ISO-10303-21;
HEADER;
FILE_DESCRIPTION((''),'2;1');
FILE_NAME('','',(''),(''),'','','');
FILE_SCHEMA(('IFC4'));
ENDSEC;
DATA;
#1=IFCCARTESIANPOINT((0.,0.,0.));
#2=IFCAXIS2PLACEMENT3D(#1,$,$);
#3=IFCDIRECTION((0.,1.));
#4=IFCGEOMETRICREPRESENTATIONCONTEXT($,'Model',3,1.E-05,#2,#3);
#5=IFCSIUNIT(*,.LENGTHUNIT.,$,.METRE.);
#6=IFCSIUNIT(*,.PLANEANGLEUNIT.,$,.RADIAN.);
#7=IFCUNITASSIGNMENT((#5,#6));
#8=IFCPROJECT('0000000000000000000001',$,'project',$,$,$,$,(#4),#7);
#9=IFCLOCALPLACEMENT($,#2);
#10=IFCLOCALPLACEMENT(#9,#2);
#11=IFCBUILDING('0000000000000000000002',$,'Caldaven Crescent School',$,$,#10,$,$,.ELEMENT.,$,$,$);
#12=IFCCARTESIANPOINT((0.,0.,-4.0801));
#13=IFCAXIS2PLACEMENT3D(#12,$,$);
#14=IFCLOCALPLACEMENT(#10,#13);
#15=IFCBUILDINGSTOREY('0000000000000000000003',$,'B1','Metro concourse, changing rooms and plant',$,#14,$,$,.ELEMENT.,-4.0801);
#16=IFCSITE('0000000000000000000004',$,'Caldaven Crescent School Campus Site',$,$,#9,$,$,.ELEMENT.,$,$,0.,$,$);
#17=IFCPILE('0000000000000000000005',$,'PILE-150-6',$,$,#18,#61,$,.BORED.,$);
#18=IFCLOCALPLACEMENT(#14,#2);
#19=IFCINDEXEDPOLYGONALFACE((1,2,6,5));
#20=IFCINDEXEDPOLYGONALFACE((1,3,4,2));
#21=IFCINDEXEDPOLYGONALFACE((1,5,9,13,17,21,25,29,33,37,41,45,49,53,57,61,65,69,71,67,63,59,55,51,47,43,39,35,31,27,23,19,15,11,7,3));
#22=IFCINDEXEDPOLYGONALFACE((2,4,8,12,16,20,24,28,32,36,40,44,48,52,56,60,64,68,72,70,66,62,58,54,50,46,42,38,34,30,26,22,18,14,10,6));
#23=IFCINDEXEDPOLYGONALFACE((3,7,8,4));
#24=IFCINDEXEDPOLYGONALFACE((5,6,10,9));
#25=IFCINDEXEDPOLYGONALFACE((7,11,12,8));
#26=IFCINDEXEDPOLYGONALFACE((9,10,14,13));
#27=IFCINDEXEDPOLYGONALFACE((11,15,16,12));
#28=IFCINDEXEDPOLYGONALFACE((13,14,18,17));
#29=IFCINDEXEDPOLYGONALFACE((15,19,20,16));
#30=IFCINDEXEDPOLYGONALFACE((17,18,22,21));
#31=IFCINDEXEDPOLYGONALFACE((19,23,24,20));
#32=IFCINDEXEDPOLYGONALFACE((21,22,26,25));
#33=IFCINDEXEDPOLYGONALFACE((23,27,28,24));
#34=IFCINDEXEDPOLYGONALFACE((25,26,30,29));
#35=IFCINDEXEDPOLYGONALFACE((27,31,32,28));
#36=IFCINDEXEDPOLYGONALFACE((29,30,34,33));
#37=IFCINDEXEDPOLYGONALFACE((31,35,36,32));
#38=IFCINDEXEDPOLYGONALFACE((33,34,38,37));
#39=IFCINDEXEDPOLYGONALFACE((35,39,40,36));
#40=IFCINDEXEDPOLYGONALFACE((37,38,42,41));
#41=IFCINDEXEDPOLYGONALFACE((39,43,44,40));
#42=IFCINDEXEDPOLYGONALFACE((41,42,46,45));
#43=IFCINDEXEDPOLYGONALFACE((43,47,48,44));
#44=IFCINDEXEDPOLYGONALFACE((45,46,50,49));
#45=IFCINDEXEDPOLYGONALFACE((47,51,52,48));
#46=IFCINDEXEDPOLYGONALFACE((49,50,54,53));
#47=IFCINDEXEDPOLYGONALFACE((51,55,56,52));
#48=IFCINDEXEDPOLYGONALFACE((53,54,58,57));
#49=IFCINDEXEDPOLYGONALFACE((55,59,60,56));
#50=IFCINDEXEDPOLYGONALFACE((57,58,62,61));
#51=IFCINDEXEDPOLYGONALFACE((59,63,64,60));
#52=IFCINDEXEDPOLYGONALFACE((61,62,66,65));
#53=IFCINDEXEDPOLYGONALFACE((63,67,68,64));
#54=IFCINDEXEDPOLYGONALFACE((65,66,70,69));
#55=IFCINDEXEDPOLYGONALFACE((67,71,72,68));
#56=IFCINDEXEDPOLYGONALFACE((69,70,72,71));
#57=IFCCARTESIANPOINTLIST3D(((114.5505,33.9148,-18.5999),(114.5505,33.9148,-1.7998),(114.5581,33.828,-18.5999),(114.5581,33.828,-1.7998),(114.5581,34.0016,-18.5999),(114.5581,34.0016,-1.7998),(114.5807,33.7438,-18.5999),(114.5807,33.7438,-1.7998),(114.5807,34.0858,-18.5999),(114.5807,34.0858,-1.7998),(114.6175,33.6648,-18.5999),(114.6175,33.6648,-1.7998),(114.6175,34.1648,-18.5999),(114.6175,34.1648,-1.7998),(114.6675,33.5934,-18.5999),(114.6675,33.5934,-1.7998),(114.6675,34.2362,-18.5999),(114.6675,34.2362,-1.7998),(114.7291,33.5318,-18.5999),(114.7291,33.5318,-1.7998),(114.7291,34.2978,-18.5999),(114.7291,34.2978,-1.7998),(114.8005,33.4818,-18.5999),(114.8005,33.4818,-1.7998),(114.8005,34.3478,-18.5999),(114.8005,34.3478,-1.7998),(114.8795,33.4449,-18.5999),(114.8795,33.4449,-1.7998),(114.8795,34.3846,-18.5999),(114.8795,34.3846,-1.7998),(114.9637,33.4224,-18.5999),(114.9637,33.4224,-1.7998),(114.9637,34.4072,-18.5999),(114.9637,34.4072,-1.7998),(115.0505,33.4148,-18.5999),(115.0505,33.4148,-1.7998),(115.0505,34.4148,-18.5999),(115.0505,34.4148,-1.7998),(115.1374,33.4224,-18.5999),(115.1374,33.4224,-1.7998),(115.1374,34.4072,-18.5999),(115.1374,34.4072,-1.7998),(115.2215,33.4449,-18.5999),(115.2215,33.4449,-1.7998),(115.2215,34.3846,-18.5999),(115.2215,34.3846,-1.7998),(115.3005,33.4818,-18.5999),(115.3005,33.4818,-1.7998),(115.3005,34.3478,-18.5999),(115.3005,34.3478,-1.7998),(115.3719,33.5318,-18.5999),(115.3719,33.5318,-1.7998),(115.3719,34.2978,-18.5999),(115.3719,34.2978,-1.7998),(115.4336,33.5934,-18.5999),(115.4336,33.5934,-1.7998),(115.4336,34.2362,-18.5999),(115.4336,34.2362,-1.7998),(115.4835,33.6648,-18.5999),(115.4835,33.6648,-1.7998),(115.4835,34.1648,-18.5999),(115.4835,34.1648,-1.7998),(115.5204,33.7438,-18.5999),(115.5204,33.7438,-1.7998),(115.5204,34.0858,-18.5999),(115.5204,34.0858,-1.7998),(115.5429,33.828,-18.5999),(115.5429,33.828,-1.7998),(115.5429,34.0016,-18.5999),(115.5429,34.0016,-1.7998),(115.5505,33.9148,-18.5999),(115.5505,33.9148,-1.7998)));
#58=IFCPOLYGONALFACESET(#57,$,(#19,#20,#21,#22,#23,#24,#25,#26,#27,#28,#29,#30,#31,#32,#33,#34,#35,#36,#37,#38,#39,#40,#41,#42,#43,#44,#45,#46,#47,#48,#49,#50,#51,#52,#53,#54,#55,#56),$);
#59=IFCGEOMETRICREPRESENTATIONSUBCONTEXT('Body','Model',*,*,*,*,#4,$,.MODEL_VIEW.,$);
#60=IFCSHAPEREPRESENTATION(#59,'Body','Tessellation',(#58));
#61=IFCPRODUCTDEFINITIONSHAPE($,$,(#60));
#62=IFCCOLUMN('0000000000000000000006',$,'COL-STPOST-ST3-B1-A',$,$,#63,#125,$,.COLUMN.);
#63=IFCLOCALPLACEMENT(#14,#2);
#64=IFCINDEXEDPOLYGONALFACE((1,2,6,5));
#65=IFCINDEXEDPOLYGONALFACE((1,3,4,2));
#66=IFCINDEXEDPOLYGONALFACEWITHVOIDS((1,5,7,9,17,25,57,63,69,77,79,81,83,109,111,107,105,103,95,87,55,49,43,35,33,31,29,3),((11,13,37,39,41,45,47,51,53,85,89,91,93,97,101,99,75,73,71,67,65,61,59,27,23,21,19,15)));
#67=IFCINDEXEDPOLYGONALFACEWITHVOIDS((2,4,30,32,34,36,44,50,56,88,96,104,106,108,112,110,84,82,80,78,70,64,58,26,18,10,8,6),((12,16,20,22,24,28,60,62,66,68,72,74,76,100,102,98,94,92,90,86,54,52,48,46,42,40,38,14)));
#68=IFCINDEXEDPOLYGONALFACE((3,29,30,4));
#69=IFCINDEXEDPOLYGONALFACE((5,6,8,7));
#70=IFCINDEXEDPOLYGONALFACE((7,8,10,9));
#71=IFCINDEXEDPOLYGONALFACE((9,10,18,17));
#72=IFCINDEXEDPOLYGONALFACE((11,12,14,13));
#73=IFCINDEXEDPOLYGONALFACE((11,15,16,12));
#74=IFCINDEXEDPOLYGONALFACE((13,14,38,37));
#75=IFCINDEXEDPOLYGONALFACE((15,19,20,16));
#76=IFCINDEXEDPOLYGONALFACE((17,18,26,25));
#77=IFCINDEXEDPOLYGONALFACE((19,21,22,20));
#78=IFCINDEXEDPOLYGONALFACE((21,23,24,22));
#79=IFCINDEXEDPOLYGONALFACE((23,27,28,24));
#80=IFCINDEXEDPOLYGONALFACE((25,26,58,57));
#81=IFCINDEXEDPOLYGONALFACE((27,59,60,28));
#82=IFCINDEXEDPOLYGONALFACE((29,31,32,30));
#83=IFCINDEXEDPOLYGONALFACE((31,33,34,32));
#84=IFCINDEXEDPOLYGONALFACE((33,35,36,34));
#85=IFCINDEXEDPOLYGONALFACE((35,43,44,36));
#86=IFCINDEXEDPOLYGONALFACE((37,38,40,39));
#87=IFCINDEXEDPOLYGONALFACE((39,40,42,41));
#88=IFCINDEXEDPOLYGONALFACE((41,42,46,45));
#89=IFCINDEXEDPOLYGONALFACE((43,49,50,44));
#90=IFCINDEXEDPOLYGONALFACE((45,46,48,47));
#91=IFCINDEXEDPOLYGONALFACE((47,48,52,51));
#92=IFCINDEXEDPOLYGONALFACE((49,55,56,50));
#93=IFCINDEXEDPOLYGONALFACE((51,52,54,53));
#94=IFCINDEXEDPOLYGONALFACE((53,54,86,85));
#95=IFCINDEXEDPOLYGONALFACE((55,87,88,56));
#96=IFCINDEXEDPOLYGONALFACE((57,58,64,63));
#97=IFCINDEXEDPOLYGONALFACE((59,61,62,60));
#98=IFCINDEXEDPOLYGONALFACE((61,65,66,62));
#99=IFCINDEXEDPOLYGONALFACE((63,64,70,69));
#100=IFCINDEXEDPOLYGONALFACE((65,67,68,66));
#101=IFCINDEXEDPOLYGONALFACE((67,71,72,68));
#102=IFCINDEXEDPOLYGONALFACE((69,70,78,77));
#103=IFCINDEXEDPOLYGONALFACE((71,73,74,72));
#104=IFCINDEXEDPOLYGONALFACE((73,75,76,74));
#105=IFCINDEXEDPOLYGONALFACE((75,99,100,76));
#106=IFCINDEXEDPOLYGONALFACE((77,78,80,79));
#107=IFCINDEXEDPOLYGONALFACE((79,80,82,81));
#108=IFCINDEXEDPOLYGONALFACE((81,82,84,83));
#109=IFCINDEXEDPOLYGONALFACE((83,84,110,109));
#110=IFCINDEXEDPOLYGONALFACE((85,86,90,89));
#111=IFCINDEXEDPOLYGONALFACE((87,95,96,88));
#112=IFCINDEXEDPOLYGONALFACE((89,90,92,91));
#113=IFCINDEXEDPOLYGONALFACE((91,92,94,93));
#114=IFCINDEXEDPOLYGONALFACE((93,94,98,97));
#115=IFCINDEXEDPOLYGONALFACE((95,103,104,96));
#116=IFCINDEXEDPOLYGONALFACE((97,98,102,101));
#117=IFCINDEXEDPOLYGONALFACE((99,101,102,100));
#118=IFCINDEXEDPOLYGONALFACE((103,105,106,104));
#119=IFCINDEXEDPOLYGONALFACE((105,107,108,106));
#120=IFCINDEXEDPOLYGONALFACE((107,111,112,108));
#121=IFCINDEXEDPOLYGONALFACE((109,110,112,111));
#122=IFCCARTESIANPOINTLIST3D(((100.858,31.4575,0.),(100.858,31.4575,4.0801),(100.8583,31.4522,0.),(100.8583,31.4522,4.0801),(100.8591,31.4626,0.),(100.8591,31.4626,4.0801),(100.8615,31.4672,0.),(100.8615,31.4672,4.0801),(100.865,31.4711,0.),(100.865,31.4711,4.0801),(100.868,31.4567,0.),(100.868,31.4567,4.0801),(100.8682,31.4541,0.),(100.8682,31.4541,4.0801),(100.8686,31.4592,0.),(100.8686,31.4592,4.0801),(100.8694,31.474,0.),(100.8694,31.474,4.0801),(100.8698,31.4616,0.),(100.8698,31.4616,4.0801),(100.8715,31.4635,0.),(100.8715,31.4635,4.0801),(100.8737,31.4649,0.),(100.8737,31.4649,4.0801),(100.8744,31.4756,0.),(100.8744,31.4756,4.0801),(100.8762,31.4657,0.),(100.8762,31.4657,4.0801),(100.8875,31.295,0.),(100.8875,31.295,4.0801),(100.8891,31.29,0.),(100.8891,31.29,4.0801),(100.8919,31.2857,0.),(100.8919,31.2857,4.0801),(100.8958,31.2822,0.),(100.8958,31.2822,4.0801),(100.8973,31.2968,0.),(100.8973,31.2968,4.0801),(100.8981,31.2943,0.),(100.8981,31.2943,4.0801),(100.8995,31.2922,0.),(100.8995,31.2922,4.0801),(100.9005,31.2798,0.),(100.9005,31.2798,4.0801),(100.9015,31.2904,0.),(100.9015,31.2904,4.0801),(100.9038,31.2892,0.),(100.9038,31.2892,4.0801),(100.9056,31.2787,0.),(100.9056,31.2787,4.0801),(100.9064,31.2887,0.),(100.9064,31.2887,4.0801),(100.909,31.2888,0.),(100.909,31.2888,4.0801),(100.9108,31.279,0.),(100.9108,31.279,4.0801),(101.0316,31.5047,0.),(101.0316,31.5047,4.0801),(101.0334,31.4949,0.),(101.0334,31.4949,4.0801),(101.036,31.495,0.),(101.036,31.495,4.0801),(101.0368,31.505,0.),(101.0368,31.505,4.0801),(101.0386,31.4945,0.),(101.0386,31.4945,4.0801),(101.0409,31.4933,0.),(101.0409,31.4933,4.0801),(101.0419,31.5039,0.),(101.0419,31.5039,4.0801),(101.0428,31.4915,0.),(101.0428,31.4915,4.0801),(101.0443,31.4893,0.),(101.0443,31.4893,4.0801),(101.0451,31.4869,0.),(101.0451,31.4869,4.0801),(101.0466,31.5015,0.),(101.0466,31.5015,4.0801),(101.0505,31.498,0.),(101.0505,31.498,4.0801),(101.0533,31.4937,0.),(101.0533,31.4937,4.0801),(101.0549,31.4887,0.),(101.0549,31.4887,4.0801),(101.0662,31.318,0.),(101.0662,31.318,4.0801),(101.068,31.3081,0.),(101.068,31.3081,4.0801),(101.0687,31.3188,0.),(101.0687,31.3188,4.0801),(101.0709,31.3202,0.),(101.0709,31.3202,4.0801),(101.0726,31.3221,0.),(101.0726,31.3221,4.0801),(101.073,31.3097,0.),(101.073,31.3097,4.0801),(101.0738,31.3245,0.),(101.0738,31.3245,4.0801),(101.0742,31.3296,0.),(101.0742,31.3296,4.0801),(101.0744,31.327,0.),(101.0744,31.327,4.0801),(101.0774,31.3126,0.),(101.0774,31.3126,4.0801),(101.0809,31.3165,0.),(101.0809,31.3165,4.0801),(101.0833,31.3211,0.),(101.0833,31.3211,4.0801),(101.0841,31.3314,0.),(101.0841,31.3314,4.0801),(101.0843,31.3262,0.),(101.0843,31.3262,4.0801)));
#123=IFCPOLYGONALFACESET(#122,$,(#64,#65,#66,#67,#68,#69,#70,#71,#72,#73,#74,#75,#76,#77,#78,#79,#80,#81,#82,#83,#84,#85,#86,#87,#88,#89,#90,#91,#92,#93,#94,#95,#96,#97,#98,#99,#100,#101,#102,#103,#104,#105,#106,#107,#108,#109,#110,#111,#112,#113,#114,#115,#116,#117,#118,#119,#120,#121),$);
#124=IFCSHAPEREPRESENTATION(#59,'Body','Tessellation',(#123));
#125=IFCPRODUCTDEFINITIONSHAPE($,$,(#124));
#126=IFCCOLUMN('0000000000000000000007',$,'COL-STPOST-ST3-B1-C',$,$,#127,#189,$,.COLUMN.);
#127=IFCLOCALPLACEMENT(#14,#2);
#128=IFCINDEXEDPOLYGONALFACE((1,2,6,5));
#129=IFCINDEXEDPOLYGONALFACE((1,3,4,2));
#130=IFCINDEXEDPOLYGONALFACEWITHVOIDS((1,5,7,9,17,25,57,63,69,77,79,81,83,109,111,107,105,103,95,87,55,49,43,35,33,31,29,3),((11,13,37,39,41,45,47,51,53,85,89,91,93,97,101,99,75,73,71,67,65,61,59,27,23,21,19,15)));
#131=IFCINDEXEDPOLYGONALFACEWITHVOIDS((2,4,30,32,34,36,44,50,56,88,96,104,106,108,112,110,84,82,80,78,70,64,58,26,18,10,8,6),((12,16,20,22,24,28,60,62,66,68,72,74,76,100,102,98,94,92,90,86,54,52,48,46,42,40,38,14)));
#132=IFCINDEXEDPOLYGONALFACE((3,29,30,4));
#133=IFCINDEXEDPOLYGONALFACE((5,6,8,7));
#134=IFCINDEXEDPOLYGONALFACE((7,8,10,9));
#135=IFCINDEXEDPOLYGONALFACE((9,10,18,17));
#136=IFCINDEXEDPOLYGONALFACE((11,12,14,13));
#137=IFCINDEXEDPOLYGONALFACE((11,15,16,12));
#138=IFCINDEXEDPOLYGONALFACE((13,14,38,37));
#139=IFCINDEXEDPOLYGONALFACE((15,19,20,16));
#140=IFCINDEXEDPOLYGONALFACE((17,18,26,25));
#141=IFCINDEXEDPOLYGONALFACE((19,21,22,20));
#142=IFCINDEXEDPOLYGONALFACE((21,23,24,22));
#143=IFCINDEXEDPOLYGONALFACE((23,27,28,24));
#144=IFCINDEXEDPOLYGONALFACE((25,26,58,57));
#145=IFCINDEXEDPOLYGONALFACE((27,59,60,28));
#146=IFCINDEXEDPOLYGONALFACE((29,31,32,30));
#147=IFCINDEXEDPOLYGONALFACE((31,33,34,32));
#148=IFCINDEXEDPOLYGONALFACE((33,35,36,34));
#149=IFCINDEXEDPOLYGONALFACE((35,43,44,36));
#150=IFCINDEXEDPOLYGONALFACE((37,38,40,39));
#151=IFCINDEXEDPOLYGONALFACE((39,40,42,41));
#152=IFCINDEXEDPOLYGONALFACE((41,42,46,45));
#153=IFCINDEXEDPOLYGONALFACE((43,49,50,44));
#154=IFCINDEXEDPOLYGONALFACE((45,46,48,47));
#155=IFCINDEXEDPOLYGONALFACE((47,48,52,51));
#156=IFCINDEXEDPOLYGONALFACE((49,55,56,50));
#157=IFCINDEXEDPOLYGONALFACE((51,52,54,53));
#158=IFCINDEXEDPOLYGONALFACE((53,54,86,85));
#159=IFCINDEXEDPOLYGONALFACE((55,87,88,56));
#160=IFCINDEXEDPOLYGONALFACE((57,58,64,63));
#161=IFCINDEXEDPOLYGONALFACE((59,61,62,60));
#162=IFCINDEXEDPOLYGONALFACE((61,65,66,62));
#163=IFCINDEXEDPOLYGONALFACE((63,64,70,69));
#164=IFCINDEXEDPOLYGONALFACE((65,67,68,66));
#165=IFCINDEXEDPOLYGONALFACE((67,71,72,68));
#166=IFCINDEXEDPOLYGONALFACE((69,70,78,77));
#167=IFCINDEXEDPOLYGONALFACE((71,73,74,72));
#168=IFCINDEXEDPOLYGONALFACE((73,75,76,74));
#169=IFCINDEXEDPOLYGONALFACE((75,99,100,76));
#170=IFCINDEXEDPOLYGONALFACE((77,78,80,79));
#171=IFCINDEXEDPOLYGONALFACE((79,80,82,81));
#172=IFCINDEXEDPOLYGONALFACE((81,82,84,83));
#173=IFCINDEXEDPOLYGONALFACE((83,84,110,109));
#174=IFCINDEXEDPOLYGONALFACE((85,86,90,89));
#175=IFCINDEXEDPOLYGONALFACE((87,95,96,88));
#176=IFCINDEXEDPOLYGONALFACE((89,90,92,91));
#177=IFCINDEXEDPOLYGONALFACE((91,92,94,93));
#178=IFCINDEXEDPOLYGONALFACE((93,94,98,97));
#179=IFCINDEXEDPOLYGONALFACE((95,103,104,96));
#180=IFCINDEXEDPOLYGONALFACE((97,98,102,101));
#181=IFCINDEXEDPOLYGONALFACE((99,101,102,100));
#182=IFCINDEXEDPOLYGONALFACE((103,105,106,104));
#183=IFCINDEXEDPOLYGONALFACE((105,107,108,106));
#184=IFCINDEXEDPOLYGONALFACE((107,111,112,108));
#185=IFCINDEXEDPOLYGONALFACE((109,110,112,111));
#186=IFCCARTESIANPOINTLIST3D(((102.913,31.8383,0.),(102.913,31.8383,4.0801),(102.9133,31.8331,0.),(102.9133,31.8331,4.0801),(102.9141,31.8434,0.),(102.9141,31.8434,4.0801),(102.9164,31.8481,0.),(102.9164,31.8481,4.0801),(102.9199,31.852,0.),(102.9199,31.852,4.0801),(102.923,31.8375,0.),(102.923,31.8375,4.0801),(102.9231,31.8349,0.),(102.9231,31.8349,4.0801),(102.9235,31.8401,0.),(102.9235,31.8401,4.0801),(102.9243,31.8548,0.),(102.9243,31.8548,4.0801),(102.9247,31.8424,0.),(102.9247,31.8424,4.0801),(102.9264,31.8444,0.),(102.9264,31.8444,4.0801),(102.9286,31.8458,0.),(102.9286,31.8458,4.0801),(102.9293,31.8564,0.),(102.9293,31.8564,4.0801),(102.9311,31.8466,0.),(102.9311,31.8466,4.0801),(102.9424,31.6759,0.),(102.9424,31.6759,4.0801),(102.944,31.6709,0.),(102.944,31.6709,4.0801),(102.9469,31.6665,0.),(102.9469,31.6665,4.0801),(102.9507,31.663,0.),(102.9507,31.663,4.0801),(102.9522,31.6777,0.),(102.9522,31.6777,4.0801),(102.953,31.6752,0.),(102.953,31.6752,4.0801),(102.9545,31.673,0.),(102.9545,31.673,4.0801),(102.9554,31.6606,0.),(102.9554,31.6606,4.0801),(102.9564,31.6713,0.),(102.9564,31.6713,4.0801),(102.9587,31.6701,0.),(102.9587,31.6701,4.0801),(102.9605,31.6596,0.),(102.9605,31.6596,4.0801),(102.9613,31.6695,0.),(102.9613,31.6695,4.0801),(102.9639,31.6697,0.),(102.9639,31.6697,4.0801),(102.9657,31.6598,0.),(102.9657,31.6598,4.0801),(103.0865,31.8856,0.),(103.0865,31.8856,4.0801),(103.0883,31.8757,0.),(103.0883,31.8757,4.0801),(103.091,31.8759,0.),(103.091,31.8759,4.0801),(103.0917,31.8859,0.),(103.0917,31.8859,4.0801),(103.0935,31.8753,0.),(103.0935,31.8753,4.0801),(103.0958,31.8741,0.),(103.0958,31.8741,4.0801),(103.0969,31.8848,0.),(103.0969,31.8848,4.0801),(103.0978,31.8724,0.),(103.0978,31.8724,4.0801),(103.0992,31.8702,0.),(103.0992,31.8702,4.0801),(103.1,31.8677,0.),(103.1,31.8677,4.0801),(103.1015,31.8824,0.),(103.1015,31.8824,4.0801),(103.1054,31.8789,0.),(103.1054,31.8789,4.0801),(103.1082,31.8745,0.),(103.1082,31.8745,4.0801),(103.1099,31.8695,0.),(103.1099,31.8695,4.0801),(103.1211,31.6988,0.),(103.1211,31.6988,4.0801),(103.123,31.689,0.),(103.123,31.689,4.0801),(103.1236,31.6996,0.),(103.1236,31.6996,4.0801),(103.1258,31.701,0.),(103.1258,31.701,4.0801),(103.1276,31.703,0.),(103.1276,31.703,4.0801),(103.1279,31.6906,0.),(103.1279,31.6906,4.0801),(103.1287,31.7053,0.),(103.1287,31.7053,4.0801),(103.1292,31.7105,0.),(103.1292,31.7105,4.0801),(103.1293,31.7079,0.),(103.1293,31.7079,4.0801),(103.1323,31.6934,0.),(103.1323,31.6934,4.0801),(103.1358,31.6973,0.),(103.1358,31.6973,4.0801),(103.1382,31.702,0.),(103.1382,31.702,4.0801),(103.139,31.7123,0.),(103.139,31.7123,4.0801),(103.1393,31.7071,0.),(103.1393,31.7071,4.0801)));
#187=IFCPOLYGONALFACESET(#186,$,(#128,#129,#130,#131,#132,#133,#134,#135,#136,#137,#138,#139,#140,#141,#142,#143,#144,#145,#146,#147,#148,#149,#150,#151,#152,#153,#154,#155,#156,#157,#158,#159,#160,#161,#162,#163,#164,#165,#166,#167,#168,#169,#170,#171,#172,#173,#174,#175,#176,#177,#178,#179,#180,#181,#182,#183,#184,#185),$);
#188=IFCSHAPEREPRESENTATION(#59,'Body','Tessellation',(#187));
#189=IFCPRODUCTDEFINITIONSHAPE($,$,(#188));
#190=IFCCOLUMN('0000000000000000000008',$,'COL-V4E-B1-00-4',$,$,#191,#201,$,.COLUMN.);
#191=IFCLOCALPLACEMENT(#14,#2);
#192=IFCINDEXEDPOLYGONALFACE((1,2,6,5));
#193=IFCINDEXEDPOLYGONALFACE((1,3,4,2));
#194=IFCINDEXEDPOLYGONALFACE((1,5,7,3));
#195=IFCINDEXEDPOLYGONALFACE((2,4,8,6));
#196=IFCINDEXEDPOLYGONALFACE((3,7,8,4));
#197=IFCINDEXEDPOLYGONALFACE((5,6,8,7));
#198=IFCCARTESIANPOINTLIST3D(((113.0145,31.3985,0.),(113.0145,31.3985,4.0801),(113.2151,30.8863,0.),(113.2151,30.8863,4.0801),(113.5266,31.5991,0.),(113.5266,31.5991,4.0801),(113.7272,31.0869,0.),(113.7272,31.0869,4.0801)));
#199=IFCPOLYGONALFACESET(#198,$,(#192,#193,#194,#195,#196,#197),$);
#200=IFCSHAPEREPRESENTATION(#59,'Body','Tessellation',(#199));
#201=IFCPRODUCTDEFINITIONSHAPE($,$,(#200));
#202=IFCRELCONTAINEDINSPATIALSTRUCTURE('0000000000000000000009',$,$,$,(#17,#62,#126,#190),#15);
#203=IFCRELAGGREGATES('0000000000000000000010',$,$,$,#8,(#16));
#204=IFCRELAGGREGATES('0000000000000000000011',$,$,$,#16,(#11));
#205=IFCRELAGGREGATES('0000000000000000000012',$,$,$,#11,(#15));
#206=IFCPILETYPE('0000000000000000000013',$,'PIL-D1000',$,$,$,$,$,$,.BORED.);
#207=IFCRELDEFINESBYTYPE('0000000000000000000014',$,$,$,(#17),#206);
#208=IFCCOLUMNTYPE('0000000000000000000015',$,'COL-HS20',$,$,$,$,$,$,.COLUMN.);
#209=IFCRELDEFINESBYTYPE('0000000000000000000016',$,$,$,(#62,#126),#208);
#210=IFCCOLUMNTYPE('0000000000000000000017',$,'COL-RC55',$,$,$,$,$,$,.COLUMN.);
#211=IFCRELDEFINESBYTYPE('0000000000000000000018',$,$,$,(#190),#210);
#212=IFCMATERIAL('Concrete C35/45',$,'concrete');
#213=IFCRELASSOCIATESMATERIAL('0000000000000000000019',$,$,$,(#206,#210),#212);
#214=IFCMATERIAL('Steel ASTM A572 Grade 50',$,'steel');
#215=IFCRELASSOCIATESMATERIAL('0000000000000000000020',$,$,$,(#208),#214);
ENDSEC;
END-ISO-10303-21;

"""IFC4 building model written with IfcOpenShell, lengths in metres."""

from ifc_helpers import new_model, si_unit, direction, frame, origin, origin_2d, place, context, subcontext, project, spatial, rectangle, hollow_rectangle, circle, extrude, material, material_profile, profile_set, type_object, element, save


model = new_model("IFC4")

# Units and contexts
model_context = context("Model", 3, precision=1e-05, world=origin(), true_north=direction((0.0, 1.0)))
body_context = subcontext(model_context, "Body", "Model", "MODEL_VIEW")
ifc_project = project(units=[si_unit("LENGTHUNIT", "METRE"), si_unit("PLANEANGLEUNIT", "RADIAN")], contexts=[model_context])

# Site, building, storey
site_placement = place(None, origin())
site = spatial("IfcSite", under=ifc_project, at=site_placement, Name="Caldaven Crescent School Campus Site", CompositionType="ELEMENT", RefElevation=0.0)
building_placement = place(site_placement, origin())
building = spatial("IfcBuilding", under=site, at=building_placement, Name="Caldaven Crescent School", CompositionType="ELEMENT")
storey_placement = place(building_placement, frame((0.0, 0.0, -4.0801)))
storey = spatial("IfcBuildingStorey", under=building, at=storey_placement, Name="B1", Description="Metro concourse, changing rooms and plant", CompositionType="ELEMENT", Elevation=-4.0801)

# Shared definitions
ifc_material_1 = material(Name="Concrete C35/45", Category="concrete")

# Pile
ifc_material_profile_1 = material_profile(ifc_material_1, circle(Radius=0.5, at=origin_2d()), Name="PILE D1000")
ifc_profile_set_1 = profile_set([ifc_material_profile_1], Name="Concrete C35/45")
pile_type = type_object("IfcPileType", Name="PIL-D1000", PredefinedType="BORED", material=ifc_profile_set_1)
for number, where, z_axis, x_axis, name in (
    (1, (115.0505, 33.9148, -1.7998), (0.0, 0.0, -1.0), (1.0, 0.0, 0.0), "PILE-150-6"),
):
    element("IfcPile", number, at=place(storey_placement, frame(where, z_axis=z_axis, x_axis=x_axis)), inside=storey, type_object=pile_type, Name=name, PredefinedType="BORED", context=body_context, shape_type="SweptSolid", body=[
        extrude(circle(Radius=0.5, at=origin_2d()), origin(), (0.0, 0.0, 1.0), 16.8),
    ])

# Columns
ifc_material_2 = material(Name="Steel ASTM A572 Grade 50", Category="steel")
ifc_material_profile_2 = material_profile(ifc_material_2, hollow_rectangle(XDim=0.2, YDim=0.2, WallThickness=0.01, InnerFilletRadius=0.01, OuterFilletRadius=0.02, at=origin_2d()), Name="HSS 200x200x10")
ifc_profile_set_2 = profile_set([ifc_material_profile_2], Name="Steel ASTM A572 Grade 50")
column_type_1 = type_object("IfcColumnType", Name="COL-HS20", PredefinedType="COLUMN", material=ifc_profile_set_2)
for number, where, z_axis, x_axis, name in (
    (2, (100.9712, 31.3918, 0.0), (0.0, 0.0, 1.0), (0.983255, 0.182236, 0.0), "COL-STPOST-ST3-B1-A"),
    (3, (103.0261, 31.7727, 0.0), (0.0, 0.0, 1.0), (0.983255, 0.182236, 0.0), "COL-STPOST-ST3-B1-C"),
):
    element("IfcColumn", number, at=place(storey_placement, frame(where, z_axis=z_axis, x_axis=x_axis)), inside=storey, type_object=column_type_1, Name=name, PredefinedType="COLUMN", context=body_context, shape_type="SweptSolid", body=[
        extrude(hollow_rectangle(XDim=0.2, YDim=0.2, WallThickness=0.01, InnerFilletRadius=0.01, OuterFilletRadius=0.02, at=origin_2d()), origin(), (0.0, 0.0, 1.0), 4.0801),
    ])
ifc_material_profile_3 = material_profile(ifc_material_1, rectangle(XDim=0.55, YDim=0.55, at=origin_2d()), Name="RC 550x550")
ifc_profile_set_3 = profile_set([ifc_material_profile_3], Name="Concrete C35/45")
column_type_2 = type_object("IfcColumnType", Name="COL-RC55", PredefinedType="COLUMN", material=ifc_profile_set_3)
column_placement = place(storey_placement, frame((113.3708, 31.2427, 0.0), z_axis=(0.0, 0.0, 1.0), x_axis=(0.364714, -0.931119, 0.0)))
element("IfcColumn", 4, at=column_placement, inside=storey, type_object=column_type_2, Name="COL-V4E-B1-00-4", PredefinedType="COLUMN", context=body_context, shape_type="SweptSolid", body=[
    extrude(rectangle(XDim=0.55, YDim=0.55, at=origin_2d()), origin(), (0.0, 0.0, 1.0), 4.0801),
])

save(model, "model.ifc")
